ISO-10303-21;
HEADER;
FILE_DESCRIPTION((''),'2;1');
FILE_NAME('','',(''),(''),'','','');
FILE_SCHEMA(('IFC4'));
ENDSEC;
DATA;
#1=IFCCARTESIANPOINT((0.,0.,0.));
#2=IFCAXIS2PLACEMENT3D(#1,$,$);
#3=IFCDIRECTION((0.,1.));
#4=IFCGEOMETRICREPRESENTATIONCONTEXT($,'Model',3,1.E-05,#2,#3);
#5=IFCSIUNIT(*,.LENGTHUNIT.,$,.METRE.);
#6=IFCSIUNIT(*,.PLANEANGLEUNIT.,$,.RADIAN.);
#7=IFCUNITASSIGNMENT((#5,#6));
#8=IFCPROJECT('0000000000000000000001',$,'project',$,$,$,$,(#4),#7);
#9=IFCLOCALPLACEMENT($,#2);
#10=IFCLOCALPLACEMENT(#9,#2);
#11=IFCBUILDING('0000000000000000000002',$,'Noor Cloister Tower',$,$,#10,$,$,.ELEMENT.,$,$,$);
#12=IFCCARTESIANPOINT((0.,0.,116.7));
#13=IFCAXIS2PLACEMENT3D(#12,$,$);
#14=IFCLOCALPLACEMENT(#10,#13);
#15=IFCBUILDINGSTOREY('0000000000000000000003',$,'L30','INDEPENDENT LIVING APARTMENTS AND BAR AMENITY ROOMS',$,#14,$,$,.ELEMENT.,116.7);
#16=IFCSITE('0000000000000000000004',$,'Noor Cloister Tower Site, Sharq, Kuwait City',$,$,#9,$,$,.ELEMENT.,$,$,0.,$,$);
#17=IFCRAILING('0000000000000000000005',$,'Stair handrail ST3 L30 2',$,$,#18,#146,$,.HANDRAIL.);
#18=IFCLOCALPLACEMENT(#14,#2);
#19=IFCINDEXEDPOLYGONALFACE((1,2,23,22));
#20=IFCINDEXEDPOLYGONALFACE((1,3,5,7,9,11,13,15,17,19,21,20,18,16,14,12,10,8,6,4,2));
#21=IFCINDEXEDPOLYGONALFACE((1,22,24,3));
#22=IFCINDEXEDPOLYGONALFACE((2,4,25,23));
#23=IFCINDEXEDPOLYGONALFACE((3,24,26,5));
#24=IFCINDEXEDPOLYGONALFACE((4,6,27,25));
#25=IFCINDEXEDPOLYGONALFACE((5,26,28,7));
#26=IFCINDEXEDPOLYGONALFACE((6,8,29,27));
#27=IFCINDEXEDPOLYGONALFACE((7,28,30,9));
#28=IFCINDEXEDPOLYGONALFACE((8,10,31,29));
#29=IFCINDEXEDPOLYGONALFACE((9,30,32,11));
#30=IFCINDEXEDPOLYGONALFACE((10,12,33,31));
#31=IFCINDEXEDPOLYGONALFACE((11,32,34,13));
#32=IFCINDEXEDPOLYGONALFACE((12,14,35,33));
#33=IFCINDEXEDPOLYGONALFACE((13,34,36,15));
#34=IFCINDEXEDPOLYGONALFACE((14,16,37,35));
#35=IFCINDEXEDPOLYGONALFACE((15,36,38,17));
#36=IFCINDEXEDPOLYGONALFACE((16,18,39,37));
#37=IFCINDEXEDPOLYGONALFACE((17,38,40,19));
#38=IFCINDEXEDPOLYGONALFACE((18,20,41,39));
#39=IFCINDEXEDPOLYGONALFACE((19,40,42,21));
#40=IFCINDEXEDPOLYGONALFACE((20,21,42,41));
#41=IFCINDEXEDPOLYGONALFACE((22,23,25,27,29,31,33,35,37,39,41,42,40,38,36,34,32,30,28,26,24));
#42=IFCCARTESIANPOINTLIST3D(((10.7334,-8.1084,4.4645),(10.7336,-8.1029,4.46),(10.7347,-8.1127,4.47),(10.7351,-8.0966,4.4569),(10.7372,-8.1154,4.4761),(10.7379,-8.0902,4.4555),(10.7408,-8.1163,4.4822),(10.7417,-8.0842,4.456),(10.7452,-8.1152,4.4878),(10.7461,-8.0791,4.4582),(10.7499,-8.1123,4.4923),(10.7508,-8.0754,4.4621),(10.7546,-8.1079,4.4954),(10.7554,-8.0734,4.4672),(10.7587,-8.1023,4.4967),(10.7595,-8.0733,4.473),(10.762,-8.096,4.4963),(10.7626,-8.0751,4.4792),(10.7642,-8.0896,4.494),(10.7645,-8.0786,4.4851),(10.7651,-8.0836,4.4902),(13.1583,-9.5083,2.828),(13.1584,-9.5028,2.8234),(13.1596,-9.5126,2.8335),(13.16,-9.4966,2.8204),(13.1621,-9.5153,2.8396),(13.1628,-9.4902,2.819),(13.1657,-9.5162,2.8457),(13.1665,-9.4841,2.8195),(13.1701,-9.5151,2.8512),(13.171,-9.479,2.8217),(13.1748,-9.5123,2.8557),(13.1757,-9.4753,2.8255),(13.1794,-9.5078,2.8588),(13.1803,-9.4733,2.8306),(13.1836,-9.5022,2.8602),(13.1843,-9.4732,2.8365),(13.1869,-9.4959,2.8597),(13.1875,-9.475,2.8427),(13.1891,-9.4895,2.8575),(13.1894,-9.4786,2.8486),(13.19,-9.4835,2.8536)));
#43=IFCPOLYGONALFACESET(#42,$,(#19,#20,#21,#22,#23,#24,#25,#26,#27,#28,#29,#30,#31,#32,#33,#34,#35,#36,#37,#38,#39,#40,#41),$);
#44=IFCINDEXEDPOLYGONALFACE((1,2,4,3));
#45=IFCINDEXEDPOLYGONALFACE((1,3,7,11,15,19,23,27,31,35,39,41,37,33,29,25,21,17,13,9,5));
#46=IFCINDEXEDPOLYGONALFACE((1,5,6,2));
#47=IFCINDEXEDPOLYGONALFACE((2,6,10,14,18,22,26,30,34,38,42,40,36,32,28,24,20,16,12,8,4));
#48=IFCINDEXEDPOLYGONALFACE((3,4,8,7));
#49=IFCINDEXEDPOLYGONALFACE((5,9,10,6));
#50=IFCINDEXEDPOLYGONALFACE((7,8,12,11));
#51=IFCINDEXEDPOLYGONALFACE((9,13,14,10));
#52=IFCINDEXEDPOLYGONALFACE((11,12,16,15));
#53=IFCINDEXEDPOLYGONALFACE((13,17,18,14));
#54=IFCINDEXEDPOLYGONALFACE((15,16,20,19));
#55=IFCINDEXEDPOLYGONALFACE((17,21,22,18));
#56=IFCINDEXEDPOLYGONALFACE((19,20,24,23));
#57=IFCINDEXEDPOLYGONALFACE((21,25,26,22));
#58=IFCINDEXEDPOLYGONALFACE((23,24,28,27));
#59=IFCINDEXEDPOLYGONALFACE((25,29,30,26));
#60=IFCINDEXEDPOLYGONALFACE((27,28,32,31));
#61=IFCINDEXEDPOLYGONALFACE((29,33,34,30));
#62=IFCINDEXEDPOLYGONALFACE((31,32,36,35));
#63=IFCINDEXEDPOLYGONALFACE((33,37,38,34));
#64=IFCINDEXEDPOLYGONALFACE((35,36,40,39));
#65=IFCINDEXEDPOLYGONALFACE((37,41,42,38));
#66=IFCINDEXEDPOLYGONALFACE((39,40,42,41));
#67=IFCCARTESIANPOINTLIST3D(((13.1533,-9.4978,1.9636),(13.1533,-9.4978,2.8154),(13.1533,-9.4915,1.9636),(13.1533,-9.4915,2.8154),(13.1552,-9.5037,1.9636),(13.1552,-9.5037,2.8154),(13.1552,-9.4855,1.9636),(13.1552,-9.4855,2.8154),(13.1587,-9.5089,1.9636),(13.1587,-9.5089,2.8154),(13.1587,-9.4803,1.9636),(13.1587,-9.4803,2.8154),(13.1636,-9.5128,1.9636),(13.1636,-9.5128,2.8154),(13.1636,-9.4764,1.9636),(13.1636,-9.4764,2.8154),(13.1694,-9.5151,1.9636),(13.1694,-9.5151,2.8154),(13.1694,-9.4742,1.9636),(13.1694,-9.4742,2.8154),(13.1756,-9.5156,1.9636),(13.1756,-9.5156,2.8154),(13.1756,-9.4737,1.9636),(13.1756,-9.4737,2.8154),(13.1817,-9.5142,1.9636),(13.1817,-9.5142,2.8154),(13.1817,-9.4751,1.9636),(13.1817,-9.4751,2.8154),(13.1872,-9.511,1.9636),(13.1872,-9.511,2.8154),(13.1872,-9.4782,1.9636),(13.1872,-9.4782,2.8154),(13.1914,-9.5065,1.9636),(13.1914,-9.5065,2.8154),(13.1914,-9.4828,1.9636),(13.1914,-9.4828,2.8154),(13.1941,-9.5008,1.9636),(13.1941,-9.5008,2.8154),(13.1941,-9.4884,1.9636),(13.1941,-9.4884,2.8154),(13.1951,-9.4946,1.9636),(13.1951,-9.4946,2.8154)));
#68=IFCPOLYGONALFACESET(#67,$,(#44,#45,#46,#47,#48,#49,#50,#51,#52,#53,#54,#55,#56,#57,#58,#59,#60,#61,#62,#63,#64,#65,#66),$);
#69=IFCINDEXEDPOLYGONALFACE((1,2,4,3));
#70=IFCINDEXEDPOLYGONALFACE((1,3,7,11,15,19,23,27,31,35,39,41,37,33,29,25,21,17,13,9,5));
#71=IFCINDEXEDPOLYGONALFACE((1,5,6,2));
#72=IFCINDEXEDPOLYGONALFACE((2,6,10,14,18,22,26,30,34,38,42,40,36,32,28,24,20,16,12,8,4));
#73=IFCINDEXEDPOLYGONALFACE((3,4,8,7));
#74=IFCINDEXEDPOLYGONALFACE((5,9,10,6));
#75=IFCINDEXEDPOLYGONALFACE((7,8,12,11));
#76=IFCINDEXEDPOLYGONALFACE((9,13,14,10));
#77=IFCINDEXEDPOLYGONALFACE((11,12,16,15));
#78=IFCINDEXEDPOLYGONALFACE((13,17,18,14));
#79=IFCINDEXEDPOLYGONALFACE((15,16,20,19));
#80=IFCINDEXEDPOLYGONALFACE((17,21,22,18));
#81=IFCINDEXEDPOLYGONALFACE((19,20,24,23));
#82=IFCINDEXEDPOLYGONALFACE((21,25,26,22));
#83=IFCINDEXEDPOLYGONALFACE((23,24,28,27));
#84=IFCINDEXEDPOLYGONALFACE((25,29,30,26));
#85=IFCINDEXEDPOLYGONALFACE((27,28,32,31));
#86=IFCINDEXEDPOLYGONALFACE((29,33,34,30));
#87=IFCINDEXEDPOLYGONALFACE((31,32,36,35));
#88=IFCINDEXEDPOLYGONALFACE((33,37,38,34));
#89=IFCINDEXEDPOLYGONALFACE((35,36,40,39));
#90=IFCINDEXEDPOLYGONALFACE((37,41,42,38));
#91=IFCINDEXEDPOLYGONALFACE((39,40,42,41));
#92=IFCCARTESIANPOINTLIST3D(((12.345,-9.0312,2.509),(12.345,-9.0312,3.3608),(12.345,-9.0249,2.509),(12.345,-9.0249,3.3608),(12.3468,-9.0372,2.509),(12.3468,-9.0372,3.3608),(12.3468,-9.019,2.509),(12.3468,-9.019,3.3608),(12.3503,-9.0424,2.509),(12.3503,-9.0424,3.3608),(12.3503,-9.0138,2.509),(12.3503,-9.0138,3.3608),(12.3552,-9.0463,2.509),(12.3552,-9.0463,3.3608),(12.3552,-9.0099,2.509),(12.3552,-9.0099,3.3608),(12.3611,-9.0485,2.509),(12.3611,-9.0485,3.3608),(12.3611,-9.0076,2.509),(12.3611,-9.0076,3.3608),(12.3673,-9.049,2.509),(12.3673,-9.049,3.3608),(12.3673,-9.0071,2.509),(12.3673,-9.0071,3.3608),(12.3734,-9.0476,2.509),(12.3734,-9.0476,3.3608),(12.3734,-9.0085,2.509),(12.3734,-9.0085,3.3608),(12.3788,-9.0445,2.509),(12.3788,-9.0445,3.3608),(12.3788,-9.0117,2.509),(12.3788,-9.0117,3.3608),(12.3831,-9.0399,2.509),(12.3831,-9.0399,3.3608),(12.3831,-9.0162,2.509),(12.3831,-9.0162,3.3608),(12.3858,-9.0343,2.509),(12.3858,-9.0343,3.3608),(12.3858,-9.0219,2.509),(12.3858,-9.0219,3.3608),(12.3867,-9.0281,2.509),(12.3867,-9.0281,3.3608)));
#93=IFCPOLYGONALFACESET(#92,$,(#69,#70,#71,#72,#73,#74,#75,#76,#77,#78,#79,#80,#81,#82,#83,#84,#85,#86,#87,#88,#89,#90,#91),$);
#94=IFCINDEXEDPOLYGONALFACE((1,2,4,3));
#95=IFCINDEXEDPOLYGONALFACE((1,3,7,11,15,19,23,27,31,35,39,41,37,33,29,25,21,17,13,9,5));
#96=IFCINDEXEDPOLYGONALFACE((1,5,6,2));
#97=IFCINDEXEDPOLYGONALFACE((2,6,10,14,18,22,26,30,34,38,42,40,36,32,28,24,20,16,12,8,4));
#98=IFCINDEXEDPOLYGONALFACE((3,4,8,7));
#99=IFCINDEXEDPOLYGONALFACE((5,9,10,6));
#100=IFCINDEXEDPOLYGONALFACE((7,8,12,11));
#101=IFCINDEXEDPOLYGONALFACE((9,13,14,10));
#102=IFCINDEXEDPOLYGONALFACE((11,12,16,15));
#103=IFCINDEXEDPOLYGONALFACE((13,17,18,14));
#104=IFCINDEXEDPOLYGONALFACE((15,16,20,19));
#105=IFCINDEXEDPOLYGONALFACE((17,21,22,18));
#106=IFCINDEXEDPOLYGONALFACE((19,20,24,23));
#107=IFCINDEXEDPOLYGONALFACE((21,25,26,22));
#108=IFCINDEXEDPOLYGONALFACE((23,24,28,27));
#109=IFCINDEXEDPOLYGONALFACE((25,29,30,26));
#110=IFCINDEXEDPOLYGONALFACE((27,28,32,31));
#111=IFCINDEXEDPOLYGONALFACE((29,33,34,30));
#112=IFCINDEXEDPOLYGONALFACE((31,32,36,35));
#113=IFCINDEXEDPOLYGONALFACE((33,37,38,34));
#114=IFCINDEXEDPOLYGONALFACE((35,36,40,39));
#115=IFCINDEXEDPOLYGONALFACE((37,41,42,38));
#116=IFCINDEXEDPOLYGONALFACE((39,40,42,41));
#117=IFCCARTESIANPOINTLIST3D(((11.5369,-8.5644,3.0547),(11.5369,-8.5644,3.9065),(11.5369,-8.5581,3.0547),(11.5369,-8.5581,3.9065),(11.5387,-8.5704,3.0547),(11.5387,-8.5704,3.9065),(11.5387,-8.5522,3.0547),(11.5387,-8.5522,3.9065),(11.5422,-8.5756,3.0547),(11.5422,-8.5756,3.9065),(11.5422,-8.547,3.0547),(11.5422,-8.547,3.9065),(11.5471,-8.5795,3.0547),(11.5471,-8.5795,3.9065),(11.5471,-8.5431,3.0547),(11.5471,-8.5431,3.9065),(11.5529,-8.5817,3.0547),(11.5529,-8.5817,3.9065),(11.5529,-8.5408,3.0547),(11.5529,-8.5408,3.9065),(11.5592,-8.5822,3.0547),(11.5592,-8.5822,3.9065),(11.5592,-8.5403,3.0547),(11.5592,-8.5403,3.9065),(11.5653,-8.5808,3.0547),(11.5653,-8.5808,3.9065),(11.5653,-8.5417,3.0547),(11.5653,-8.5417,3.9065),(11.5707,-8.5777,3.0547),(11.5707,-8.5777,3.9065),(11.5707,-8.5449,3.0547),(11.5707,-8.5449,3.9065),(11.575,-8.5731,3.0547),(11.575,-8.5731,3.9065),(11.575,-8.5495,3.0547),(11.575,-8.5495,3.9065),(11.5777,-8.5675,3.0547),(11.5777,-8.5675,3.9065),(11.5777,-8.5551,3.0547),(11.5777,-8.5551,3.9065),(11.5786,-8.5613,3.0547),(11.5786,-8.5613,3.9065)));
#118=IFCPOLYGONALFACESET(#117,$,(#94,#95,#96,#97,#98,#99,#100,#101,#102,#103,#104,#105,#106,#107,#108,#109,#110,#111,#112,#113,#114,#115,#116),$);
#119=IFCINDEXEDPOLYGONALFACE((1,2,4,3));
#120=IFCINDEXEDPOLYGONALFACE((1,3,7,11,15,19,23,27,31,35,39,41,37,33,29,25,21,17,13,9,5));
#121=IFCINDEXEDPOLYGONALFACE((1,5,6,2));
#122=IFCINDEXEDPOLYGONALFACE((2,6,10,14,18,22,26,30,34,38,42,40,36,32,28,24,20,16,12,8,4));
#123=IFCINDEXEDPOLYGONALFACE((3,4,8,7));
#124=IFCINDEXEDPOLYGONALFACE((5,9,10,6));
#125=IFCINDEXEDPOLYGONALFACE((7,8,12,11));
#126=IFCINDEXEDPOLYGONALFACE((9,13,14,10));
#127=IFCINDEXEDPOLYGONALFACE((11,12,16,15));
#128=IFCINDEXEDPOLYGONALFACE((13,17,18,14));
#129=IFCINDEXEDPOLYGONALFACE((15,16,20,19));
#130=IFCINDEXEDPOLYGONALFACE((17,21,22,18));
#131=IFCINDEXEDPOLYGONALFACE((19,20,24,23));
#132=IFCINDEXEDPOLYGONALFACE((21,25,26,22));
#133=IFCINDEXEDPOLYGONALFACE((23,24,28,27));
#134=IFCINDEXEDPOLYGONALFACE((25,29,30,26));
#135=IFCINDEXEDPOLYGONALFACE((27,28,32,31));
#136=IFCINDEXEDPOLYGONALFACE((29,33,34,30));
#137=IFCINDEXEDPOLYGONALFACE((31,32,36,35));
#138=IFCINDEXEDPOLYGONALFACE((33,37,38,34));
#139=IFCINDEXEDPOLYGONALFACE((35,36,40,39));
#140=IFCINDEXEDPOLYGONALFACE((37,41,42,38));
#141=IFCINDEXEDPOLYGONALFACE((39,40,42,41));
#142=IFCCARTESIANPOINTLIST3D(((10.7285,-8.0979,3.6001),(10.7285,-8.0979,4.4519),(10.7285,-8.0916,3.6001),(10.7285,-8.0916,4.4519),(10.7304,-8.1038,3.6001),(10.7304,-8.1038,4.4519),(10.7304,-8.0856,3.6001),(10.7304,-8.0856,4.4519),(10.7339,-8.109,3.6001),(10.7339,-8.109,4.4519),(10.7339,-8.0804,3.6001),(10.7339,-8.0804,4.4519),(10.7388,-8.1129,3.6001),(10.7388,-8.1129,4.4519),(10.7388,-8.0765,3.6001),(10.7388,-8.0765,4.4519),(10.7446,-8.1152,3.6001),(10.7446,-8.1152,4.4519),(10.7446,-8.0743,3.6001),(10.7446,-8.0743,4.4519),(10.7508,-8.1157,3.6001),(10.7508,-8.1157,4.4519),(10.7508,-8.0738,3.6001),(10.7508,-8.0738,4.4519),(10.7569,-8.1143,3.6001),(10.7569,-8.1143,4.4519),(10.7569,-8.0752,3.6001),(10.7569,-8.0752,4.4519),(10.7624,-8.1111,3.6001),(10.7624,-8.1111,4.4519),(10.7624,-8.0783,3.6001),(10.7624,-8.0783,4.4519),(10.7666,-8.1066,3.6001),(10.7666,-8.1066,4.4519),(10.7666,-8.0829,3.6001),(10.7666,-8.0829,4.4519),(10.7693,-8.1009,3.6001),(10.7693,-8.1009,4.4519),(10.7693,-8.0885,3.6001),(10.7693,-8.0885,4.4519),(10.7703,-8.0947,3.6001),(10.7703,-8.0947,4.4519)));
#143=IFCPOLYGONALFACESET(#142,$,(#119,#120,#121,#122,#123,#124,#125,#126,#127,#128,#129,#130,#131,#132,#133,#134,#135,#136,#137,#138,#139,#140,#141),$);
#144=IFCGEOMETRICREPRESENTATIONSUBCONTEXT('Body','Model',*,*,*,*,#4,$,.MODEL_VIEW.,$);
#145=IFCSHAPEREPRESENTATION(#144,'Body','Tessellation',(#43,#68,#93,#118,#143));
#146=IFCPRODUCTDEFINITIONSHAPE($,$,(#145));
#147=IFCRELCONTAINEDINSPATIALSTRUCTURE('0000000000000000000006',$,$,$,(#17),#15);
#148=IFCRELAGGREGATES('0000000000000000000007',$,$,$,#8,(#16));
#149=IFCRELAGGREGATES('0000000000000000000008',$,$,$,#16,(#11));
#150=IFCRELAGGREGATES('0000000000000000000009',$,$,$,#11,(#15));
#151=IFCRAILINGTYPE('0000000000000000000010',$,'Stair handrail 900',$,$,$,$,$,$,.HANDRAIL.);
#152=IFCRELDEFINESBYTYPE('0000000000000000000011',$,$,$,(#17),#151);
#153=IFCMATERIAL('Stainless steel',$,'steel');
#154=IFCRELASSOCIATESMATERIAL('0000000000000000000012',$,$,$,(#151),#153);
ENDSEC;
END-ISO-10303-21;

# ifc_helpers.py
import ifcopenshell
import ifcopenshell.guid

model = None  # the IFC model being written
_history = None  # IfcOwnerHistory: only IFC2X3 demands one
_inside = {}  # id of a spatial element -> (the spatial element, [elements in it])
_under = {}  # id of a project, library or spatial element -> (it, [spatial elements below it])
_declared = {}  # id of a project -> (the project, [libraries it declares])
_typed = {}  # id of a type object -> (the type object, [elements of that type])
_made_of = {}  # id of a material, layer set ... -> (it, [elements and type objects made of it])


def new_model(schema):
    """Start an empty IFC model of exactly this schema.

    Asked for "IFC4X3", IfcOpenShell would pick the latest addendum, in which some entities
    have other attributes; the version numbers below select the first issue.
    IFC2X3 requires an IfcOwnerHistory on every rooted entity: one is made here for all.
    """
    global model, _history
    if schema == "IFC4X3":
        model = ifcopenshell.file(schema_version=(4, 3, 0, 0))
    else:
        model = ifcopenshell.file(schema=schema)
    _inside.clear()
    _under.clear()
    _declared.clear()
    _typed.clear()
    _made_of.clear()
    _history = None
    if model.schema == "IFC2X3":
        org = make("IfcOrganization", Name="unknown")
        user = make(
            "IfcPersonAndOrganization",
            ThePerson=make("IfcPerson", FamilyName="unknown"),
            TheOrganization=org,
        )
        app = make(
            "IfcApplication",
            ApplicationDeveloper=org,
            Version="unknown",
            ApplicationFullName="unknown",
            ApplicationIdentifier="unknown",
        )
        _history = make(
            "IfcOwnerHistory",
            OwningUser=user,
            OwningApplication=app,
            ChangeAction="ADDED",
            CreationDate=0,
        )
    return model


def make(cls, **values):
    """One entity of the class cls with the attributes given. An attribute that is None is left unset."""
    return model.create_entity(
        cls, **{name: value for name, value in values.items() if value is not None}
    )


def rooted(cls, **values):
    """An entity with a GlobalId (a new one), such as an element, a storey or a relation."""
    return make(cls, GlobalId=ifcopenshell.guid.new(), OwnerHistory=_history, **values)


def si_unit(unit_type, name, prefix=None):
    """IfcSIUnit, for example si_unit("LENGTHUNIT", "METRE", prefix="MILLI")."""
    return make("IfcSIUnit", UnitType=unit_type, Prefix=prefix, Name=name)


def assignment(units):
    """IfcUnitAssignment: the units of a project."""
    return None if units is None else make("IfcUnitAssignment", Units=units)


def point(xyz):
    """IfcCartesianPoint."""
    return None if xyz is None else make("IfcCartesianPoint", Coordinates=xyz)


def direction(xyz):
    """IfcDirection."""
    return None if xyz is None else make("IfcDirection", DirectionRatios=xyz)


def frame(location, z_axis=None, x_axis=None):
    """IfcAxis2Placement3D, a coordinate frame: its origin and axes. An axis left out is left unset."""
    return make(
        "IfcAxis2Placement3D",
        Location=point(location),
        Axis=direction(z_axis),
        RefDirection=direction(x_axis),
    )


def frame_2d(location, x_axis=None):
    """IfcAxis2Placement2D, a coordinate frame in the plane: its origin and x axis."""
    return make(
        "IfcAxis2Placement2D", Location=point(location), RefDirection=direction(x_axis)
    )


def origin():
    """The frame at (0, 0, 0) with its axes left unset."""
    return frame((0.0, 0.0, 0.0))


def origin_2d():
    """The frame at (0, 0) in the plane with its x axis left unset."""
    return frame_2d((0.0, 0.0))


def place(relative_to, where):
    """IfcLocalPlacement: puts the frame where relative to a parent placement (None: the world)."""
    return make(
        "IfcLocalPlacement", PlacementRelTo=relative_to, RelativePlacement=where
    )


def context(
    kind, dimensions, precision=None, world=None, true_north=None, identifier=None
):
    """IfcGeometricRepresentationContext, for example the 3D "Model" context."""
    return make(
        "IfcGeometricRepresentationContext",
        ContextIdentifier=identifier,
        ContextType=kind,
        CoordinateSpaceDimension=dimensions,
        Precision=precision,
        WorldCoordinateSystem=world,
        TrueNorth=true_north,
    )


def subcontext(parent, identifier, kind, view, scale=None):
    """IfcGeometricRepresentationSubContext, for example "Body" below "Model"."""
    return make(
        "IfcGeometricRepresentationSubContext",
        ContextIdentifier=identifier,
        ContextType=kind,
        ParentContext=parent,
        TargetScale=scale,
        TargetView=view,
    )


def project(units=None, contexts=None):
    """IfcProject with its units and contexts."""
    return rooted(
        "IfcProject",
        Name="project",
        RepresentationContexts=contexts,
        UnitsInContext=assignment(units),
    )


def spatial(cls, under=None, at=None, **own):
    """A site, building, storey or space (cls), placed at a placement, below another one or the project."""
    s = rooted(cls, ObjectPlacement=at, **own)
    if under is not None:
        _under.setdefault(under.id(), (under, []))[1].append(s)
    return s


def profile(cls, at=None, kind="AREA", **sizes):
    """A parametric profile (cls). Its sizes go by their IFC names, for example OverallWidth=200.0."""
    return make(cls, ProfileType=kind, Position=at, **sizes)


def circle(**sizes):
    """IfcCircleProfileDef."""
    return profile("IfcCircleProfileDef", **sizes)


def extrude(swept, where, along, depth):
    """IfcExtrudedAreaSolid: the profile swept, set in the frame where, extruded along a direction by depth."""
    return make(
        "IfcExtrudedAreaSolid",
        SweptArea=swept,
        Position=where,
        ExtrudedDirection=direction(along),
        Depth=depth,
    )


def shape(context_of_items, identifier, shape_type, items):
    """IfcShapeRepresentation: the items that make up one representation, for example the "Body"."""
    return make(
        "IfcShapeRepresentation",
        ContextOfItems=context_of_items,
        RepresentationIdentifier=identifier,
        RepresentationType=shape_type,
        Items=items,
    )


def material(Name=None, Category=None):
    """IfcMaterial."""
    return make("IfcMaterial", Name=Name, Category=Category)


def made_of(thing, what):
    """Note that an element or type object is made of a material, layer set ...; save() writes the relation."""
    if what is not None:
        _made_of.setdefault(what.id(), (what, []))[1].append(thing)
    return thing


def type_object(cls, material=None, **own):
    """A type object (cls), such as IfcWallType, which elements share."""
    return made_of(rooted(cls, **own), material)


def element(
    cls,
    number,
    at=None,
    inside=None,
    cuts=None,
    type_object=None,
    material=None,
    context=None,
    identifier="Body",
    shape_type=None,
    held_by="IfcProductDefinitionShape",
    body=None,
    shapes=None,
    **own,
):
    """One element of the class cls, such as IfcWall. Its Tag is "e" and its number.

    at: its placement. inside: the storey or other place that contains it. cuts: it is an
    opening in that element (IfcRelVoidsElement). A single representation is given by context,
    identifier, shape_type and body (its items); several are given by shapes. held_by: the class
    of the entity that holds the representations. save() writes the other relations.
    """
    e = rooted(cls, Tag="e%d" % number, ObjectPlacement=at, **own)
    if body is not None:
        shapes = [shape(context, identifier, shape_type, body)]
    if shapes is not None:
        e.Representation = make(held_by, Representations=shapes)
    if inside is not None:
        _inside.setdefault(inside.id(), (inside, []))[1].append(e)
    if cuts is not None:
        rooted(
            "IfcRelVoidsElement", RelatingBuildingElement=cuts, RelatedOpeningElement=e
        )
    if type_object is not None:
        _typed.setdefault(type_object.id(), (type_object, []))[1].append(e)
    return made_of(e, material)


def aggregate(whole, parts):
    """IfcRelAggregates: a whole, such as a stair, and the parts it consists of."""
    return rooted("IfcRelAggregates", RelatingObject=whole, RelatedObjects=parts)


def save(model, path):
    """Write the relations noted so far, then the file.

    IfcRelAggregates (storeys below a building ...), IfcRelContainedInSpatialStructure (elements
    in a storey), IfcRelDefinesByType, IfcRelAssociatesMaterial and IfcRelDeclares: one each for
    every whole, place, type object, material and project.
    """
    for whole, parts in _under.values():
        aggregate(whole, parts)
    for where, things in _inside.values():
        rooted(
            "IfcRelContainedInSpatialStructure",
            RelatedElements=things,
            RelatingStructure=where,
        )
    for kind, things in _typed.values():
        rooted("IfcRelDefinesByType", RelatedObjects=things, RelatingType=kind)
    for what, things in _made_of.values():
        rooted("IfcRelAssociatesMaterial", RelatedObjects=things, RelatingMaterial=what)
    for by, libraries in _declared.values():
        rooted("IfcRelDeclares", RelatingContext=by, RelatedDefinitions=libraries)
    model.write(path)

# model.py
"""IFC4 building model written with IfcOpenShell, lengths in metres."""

from ifc_helpers import new_model, si_unit, direction, frame, origin, origin_2d, place, context, subcontext, project, spatial, circle, extrude, material, type_object, element, save


model = new_model("IFC4")

# Units and contexts
model_context = context("Model", 3, precision=1e-05, world=origin(), true_north=direction((0.0, 1.0)))
body_context = subcontext(model_context, "Body", "Model", "MODEL_VIEW")
ifc_project = project(units=[si_unit("LENGTHUNIT", "METRE"), si_unit("PLANEANGLEUNIT", "RADIAN")], contexts=[model_context])

# Site, building, storey
site_placement = place(None, origin())
site = spatial("IfcSite", under=ifc_project, at=site_placement, Name="Noor Cloister Tower Site, Sharq, Kuwait City", CompositionType="ELEMENT", RefElevation=0.0)
building_placement = place(site_placement, origin())
building = spatial("IfcBuilding", under=site, at=building_placement, Name="Noor Cloister Tower", CompositionType="ELEMENT")
storey_placement = place(building_placement, frame((0.0, 0.0, 116.7)))
storey = spatial("IfcBuildingStorey", under=building, at=storey_placement, Name="L30", Description="INDEPENDENT LIVING APARTMENTS AND BAR AMENITY ROOMS", CompositionType="ELEMENT", Elevation=116.7)

# Railing
ifc_material_1 = material(Name="Stainless steel", Category="steel")
railing_type_1 = type_object("IfcRailingType", Name="Stair handrail 900", PredefinedType="HANDRAIL", material=ifc_material_1)
railing_1_placement = place(storey_placement, frame((13.1741, -9.4946, 1.9636)))
element("IfcRailing", 1, at=railing_1_placement, inside=storey, type_object=railing_type_1, Name="Stair handrail ST3 L30 2", PredefinedType="HANDRAIL", context=body_context, shape_type="SweptSolid", body=[
    extrude(circle(Radius=0.0239, at=origin_2d()), frame((0.0, 0.0, 0.876), z_axis=(-0.74769, 0.431661, 0.504608), x_axis=(-0.499984, -0.866035, 0.0)), (0.0, 0.0, 1.0), 3.2432),
    extrude(circle(Radius=0.021, at=origin_2d()), origin(), (0.0, 0.0, 1.0), 0.8518),
    extrude(circle(Radius=0.021, at=origin_2d()), frame((-0.8083, 0.4666, 0.5454)), (0.0, 0.0, 1.0), 0.8518),
    extrude(circle(Radius=0.021, at=origin_2d()), frame((-1.6165, 0.9333, 1.0911)), (0.0, 0.0, 1.0), 0.8518),
    extrude(circle(Radius=0.021, at=origin_2d()), frame((-2.4248, 1.3999, 1.6365)), (0.0, 0.0, 1.0), 0.8518),
])

save(model, "model.ifc")
